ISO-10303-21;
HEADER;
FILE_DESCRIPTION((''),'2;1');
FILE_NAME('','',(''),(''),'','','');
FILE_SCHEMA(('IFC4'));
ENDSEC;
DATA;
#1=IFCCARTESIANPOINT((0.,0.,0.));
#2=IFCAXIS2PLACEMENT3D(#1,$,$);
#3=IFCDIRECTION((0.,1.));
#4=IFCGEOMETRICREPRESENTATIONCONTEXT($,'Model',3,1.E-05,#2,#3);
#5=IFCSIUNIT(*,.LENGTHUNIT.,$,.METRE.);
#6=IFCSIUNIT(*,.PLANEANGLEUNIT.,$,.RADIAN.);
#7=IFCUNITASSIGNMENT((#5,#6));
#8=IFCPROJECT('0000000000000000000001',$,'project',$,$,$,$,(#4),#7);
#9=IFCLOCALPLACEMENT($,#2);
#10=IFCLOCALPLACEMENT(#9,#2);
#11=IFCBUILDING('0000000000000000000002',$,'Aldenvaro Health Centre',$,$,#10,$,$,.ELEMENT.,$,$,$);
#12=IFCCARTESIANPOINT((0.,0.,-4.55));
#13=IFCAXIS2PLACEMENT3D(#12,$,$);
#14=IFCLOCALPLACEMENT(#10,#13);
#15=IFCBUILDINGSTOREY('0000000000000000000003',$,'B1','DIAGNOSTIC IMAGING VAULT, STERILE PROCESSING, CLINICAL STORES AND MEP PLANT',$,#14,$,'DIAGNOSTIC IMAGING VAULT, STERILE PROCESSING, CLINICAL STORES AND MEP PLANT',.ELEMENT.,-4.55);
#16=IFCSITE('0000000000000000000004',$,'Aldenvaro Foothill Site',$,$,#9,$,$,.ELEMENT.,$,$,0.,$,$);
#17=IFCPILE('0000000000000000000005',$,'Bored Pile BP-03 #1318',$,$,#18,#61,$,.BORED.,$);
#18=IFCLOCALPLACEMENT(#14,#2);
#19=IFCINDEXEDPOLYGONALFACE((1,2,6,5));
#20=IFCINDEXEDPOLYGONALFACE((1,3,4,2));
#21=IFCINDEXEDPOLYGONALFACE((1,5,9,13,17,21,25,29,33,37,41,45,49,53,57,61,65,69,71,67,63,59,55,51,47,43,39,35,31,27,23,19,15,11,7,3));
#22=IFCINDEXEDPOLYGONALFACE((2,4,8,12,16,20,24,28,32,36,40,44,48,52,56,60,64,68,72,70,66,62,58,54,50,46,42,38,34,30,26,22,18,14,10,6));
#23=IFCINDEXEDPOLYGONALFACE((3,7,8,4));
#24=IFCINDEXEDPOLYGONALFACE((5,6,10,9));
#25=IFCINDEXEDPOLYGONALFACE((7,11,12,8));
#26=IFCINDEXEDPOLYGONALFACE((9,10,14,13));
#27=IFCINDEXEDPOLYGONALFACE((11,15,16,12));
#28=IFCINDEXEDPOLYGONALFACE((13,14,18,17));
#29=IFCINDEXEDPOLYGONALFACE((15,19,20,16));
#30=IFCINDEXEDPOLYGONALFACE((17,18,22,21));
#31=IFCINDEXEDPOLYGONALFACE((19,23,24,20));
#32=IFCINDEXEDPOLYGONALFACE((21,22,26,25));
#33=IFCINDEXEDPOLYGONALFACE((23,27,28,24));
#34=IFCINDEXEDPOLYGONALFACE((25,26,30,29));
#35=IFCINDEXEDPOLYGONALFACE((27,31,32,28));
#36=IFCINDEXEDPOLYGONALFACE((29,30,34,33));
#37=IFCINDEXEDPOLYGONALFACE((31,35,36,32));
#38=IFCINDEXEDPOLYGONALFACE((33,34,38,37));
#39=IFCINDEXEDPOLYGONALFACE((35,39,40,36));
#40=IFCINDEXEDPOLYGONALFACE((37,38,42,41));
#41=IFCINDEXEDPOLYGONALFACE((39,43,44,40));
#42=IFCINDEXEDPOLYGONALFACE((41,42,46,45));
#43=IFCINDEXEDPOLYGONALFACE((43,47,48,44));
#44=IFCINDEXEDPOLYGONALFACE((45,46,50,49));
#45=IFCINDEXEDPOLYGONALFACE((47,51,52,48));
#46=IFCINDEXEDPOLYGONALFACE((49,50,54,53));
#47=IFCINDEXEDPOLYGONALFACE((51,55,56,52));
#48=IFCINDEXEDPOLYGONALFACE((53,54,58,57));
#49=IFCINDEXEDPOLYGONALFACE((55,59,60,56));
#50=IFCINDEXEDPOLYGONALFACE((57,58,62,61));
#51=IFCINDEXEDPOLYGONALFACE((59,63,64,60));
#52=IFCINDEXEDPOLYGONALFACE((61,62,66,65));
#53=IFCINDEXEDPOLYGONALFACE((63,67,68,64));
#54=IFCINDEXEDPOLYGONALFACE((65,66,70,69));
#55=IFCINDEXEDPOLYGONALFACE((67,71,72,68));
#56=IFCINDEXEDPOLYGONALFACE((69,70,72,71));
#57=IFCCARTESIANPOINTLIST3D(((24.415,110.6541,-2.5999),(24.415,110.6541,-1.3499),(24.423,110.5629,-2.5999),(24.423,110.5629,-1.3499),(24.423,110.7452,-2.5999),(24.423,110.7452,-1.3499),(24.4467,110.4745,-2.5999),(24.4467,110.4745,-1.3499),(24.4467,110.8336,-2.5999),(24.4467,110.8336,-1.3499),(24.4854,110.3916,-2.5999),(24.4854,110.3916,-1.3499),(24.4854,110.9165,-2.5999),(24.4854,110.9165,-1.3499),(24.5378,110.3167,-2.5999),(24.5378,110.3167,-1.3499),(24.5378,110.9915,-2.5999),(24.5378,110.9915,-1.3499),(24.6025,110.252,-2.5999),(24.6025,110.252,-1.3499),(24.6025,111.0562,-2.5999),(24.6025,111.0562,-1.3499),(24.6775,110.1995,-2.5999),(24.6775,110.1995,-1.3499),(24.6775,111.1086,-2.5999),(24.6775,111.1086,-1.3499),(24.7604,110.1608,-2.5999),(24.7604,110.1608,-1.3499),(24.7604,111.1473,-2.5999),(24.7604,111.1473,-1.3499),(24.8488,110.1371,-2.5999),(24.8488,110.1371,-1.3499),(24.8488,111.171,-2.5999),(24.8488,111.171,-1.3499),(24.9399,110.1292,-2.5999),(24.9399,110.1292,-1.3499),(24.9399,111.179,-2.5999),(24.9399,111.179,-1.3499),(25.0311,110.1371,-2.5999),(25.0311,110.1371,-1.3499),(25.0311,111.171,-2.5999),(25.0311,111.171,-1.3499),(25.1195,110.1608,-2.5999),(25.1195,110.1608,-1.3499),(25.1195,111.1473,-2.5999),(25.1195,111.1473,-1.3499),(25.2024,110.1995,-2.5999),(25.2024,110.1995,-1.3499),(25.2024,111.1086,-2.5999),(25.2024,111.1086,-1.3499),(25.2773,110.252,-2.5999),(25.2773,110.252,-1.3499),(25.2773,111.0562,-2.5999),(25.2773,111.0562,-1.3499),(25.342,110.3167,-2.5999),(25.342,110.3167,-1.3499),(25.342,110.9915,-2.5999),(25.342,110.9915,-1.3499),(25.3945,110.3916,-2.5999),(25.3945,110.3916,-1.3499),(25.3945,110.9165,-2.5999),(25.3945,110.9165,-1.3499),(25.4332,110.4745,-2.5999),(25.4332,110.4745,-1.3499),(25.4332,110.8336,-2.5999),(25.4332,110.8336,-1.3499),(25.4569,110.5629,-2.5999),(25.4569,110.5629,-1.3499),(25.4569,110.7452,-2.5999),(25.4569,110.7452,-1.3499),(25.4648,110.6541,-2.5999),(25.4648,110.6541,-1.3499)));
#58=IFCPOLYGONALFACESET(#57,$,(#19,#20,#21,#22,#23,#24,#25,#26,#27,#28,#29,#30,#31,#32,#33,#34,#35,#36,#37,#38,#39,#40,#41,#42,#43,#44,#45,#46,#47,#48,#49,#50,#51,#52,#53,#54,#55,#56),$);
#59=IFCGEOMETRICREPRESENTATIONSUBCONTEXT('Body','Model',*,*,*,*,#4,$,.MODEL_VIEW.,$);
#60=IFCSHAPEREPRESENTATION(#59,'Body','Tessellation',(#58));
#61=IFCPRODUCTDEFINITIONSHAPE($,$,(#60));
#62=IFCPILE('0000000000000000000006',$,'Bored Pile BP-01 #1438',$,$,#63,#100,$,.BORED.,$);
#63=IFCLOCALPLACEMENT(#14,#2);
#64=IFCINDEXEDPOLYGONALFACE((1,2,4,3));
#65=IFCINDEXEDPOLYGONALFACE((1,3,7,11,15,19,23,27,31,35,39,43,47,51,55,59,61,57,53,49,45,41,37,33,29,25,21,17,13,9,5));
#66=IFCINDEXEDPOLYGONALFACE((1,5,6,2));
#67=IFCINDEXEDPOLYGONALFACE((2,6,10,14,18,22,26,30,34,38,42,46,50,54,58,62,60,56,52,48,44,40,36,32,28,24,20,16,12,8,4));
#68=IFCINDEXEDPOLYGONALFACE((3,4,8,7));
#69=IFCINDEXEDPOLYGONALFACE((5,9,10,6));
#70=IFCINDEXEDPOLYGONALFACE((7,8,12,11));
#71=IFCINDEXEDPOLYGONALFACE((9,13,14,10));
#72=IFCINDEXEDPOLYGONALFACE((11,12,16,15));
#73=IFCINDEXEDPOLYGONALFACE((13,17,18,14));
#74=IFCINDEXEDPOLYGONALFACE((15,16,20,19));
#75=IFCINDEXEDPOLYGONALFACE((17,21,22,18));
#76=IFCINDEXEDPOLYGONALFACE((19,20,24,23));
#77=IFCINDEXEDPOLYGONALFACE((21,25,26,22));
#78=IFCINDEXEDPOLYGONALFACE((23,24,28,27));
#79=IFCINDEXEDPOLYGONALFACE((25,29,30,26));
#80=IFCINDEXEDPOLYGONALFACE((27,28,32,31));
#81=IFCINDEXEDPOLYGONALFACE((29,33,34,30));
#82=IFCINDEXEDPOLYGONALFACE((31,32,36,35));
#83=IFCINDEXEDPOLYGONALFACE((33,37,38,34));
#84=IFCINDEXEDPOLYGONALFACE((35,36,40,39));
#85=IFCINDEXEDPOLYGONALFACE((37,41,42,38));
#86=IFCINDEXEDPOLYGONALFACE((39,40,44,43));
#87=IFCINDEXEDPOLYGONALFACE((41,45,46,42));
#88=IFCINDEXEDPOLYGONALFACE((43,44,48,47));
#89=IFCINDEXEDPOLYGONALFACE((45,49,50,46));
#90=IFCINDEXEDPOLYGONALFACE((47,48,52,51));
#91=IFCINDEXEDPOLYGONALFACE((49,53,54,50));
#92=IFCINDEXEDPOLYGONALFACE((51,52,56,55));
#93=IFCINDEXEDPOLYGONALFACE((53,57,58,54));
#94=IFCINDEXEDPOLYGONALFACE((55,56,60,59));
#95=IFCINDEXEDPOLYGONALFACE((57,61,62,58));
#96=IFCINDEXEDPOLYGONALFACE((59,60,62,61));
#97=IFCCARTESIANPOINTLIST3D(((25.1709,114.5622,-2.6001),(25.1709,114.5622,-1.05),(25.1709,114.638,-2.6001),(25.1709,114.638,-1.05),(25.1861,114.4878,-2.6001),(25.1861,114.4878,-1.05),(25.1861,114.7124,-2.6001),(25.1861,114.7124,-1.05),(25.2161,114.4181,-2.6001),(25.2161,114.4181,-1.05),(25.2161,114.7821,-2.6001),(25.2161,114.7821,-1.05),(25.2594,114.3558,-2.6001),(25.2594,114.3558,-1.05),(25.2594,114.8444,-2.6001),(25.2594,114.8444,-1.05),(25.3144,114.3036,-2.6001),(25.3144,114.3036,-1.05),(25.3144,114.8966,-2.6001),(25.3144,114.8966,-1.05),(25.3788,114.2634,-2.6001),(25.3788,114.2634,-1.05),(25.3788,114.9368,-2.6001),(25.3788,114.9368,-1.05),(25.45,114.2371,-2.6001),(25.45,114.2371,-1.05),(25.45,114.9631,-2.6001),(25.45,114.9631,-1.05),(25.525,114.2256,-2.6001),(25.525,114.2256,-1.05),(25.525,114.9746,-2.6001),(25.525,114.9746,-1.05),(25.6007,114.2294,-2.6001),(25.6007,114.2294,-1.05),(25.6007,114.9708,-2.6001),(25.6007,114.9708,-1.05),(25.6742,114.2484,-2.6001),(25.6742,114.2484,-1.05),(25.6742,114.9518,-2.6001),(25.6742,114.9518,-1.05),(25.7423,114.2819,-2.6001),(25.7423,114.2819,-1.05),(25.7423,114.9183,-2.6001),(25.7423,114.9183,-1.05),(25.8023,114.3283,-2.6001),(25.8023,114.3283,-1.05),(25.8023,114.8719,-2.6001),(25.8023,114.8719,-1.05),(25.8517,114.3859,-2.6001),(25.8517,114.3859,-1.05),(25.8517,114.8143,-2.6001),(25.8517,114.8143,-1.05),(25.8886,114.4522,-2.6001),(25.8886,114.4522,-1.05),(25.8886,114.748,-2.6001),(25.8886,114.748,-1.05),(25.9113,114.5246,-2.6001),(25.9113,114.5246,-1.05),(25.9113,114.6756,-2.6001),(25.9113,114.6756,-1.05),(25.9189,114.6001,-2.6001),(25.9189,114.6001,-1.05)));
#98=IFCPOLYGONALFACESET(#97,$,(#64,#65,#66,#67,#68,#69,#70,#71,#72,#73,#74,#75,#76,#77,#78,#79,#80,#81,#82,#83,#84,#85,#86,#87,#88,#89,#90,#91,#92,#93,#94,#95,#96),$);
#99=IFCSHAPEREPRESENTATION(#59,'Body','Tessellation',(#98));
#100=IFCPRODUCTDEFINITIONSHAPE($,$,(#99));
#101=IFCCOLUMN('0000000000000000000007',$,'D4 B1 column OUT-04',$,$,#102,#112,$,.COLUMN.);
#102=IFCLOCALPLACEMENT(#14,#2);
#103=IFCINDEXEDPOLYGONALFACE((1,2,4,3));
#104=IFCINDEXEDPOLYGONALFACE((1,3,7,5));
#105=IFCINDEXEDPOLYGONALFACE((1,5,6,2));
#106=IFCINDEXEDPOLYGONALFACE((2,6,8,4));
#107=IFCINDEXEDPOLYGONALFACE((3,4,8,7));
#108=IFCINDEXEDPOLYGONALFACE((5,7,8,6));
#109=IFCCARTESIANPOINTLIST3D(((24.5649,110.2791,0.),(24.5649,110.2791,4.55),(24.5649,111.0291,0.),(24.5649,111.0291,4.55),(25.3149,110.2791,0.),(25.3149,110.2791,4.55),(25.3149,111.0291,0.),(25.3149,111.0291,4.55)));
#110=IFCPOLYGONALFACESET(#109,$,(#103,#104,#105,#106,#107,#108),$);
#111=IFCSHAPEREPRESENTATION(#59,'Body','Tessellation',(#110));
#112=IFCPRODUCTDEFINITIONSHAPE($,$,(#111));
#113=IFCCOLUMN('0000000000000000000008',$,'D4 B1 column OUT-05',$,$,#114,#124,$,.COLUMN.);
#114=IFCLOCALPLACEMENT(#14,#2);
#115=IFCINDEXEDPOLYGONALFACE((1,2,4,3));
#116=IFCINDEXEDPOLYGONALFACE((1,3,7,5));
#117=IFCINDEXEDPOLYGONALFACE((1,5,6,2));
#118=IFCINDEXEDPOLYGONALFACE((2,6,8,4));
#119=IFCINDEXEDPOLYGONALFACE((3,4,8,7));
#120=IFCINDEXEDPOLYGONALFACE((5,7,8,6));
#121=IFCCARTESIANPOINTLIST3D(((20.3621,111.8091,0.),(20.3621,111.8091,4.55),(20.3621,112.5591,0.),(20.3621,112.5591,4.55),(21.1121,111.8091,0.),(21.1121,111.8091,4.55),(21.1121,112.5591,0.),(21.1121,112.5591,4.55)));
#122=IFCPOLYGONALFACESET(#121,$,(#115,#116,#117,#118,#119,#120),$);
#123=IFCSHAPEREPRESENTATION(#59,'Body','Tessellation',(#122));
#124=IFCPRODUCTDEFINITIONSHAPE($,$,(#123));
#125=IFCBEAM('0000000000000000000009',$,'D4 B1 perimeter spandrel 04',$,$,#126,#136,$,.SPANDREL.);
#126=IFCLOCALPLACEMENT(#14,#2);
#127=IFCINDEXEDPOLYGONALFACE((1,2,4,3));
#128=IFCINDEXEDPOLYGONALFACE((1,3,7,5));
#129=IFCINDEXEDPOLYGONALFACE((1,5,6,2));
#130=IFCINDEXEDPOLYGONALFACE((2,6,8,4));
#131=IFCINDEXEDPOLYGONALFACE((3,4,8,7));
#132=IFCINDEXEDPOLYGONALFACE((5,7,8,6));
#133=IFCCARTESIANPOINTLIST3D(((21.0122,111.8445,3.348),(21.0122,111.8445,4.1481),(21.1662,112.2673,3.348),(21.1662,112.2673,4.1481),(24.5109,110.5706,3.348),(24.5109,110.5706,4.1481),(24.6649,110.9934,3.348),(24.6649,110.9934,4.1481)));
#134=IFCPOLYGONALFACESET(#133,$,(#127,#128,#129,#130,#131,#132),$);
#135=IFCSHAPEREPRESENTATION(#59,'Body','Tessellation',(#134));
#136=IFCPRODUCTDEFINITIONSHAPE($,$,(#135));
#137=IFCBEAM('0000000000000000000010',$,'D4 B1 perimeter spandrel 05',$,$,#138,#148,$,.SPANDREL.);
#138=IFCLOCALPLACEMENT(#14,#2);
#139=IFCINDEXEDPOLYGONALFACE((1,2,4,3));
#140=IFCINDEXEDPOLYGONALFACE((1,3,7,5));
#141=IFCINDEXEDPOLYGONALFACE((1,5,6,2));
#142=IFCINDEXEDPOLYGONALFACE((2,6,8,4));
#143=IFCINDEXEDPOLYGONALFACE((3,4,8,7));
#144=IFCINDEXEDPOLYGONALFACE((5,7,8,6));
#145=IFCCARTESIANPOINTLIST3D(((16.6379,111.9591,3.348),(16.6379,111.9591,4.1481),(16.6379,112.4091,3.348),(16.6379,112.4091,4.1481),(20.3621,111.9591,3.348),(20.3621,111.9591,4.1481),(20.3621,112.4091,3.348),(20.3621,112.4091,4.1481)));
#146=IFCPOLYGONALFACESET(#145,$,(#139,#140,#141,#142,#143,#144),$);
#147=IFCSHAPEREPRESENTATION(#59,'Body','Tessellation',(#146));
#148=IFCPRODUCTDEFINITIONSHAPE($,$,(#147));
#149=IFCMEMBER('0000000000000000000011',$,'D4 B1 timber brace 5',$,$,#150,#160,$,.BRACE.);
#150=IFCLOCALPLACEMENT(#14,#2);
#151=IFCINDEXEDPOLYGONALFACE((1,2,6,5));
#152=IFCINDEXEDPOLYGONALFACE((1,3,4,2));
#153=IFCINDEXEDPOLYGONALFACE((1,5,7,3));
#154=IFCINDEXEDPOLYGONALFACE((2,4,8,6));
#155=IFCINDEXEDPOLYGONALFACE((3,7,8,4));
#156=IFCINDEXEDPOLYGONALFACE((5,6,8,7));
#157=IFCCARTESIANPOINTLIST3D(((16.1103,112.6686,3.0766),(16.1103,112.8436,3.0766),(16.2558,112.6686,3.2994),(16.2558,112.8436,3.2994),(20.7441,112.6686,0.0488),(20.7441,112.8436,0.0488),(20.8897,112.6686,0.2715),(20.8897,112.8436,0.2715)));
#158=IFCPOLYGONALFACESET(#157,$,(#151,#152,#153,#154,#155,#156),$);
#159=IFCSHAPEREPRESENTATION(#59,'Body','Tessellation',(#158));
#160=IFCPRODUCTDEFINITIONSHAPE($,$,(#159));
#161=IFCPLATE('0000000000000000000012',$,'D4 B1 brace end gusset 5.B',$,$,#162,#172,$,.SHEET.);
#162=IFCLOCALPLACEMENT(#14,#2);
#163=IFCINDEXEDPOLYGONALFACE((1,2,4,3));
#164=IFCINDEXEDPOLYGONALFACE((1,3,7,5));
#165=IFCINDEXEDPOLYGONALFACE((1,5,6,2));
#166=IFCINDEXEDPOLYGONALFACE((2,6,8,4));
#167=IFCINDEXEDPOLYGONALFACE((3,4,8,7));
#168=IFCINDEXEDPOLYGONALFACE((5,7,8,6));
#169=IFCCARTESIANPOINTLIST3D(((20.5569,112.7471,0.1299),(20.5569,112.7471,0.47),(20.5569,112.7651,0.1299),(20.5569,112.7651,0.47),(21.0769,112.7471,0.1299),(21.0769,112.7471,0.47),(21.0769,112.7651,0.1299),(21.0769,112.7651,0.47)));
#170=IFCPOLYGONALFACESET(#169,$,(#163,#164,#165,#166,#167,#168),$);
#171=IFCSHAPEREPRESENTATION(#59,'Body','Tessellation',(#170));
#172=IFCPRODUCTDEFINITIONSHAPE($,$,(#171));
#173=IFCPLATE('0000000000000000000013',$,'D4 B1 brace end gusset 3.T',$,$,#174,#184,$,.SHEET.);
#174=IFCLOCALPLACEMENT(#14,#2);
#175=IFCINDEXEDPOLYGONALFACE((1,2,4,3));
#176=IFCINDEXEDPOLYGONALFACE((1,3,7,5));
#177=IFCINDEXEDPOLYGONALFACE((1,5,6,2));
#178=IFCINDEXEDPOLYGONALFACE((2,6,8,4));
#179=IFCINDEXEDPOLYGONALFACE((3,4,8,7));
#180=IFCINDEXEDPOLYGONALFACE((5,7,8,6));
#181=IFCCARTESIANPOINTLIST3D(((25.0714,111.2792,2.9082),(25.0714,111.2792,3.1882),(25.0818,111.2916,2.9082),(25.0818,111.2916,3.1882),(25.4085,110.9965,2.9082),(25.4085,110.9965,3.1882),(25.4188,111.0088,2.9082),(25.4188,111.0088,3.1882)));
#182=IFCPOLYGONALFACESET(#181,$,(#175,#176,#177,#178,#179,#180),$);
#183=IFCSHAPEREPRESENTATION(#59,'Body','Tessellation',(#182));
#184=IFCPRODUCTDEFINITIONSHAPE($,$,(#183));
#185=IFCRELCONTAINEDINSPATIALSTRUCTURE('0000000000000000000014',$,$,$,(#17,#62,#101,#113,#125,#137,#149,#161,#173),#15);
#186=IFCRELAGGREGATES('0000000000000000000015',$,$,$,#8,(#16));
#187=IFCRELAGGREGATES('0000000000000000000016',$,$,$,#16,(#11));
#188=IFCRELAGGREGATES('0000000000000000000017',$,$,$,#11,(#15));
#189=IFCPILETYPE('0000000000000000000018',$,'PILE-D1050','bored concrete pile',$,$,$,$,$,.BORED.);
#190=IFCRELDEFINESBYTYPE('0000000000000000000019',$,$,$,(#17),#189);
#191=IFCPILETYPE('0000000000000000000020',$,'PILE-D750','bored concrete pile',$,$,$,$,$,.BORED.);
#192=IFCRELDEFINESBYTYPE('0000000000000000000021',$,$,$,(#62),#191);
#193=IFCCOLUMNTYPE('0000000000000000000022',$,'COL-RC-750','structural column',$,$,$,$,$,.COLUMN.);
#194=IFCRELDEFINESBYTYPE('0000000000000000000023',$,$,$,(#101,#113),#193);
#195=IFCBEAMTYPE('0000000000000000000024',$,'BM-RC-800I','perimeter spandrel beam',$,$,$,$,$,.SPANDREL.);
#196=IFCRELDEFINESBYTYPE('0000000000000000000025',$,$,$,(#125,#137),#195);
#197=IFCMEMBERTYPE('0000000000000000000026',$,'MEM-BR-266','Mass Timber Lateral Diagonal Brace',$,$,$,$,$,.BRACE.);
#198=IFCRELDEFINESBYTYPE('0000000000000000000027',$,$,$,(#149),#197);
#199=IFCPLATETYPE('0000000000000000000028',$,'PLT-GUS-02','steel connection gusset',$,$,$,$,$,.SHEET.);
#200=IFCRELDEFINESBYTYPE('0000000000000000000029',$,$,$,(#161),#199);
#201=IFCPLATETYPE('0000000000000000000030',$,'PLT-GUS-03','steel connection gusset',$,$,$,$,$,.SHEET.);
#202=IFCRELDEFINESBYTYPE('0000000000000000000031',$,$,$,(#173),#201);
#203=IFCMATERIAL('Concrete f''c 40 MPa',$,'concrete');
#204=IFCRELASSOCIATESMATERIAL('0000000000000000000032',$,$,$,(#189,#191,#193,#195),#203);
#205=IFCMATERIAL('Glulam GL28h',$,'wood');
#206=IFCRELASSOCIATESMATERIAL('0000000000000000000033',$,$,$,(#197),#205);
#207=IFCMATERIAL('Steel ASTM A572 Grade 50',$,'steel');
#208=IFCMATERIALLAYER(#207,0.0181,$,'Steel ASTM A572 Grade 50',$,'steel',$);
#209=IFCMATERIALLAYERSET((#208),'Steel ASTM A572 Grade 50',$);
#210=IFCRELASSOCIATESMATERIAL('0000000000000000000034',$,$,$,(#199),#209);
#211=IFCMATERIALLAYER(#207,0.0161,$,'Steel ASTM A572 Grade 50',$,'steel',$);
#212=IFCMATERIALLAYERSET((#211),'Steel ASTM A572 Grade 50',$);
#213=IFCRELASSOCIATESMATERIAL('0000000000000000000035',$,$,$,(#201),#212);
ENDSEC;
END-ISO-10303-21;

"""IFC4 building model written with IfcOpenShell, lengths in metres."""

from ifc_helpers import new_model, si_unit, direction, frame, origin, origin_2d, place, context, subcontext, project, spatial, rectangle, circle, extrude, material, layer, layer_set, material_profile, profile_set, type_object, element, save


model = new_model("IFC4")

# Units and contexts
model_context = context("Model", 3, precision=1e-05, world=origin(), true_north=direction((0.0, 1.0)))
body_context = subcontext(model_context, "Body", "Model", "MODEL_VIEW")
ifc_project = project(units=[si_unit("LENGTHUNIT", "METRE"), si_unit("PLANEANGLEUNIT", "RADIAN")], contexts=[model_context])

# Site, building, storey
site_placement = place(None, origin())
site = spatial("IfcSite", under=ifc_project, at=site_placement, Name="Aldenvaro Foothill Site", CompositionType="ELEMENT", RefElevation=0.0)
building_placement = place(site_placement, origin())
building = spatial("IfcBuilding", under=site, at=building_placement, Name="Aldenvaro Health Centre", CompositionType="ELEMENT")
storey_placement = place(building_placement, frame((0.0, 0.0, -4.55)))
storey = spatial("IfcBuildingStorey", under=building, at=storey_placement, Name="B1", Description="DIAGNOSTIC IMAGING VAULT, STERILE PROCESSING, CLINICAL STORES AND MEP PLANT", LongName="DIAGNOSTIC IMAGING VAULT, STERILE PROCESSING, CLINICAL STORES AND MEP PLANT", CompositionType="ELEMENT", Elevation=-4.55)

# Shared definitions
ifc_material_1 = material(Name="Concrete f'c 40 MPa", Category="concrete")

# Piles
ifc_material_profile_1 = material_profile(ifc_material_1, circle(Radius=0.5249, at=origin_2d()), Name="PILE D1050", Category="concrete")
ifc_profile_set_1 = profile_set([ifc_material_profile_1], Name="Concrete f'c 40 MPa")
pile_type_1 = type_object("IfcPileType", Name="PILE-D1050", Description="bored concrete pile", PredefinedType="BORED", material=ifc_profile_set_1)
for number, where, z_axis, x_axis, name in (
    (1, (24.9399, 110.6541, -1.3499), (0.0, 0.0, -1.0), (1.0, 0.0, 0.0), "Bored Pile BP-03 #1318"),
):
    element("IfcPile", number, at=place(storey_placement, frame(where, z_axis=z_axis, x_axis=x_axis)), inside=storey, type_object=pile_type_1, Name=name, PredefinedType="BORED", context=body_context, shape_type="SweptSolid", body=[
        extrude(circle(Radius=0.5249, at=origin_2d()), origin(), (0.0, 0.0, 1.0), 1.25),
    ])
ifc_material_profile_2 = material_profile(ifc_material_1, circle(Radius=0.375, at=origin_2d()), Name="PILE D750", Category="concrete")
ifc_profile_set_2 = profile_set([ifc_material_profile_2], Name="Concrete f'c 40 MPa")
pile_type_2 = type_object("IfcPileType", Name="PILE-D750", Description="bored concrete pile", PredefinedType="BORED", material=ifc_profile_set_2)
pile_placement = place(storey_placement, frame((25.5439, 114.6001, -1.05), z_axis=(0.0, 0.0, -1.0), x_axis=(1.0, 0.0, 0.0)))
element("IfcPile", 2, at=pile_placement, inside=storey, type_object=pile_type_2, Name="Bored Pile BP-01 #1438", PredefinedType="BORED", context=body_context, shape_type="SweptSolid", body=[
    extrude(circle(Radius=0.375, at=origin_2d()), origin(), (0.0, 0.0, 1.0), 1.55),
])

# Columns
ifc_material_profile_3 = material_profile(ifc_material_1, rectangle(XDim=0.75, YDim=0.75, at=origin_2d()), Name="RC 750x750", Category="concrete")
ifc_profile_set_3 = profile_set([ifc_material_profile_3], Name="Concrete f'c 40 MPa")
column_type = type_object("IfcColumnType", Name="COL-RC-750", Description="structural column", PredefinedType="COLUMN", material=ifc_profile_set_3)
for number, where, z_axis, x_axis, name in (
    (3, (24.9399, 110.6541, 0.0), (0.0, 0.0, 1.0), (1.0, 0.0, 0.0), "D4 B1 column OUT-04"),
    (4, (20.7371, 112.1841, 0.0), (0.0, 0.0, 1.0), (1.0, 0.0, 0.0), "D4 B1 column OUT-05"),
):
    element("IfcColumn", number, at=place(storey_placement, frame(where, z_axis=z_axis, x_axis=x_axis)), inside=storey, type_object=column_type, Name=name, PredefinedType="COLUMN", context=body_context, shape_type="SweptSolid", body=[
        extrude(rectangle(XDim=0.75, YDim=0.75, at=origin_2d()), origin(), (0.0, 0.0, 1.0), 4.55),
    ])

# Beams
ifc_material_profile_4 = material_profile(ifc_material_1, rectangle(XDim=0.45, YDim=0.8, at=origin_2d()), Name="RC 450x800", Category="concrete")
ifc_profile_set_4 = profile_set([ifc_material_profile_4], Name="Concrete f'c 40 MPa")
beam_type = type_object("IfcBeamType", Name="BM-RC-800I", Description="perimeter spandrel beam", PredefinedType="SPANDREL", material=ifc_profile_set_4)
beam_1_placement = place(storey_placement, frame((24.5879, 110.782, 3.748), z_axis=(-0.939652, 0.342133, 0.0), x_axis=(-0.342133, -0.939652, 0.0)))
element("IfcBeam", 5, at=beam_1_placement, inside=storey, type_object=beam_type, Name="D4 B1 perimeter spandrel 04", PredefinedType="SPANDREL", context=body_context, shape_type="SweptSolid", body=[
    extrude(rectangle(XDim=0.45, YDim=0.8, at=origin_2d()), origin(), (0.0, 0.0, 1.0), 3.7234),
])
beam_2_placement = place(storey_placement, frame((20.3621, 112.1841, 3.748), z_axis=(-1.0, 0.0, 0.0), x_axis=(0.0, -1.0, 0.0)))
element("IfcBeam", 6, at=beam_2_placement, inside=storey, type_object=beam_type, Name="D4 B1 perimeter spandrel 05", PredefinedType="SPANDREL", context=body_context, shape_type="SweptSolid", body=[
    extrude(rectangle(XDim=0.45, YDim=0.8, at=origin_2d()), origin(), (0.0, 0.0, 1.0), 3.7241),
])

# Member
ifc_material_2 = material(Name="Glulam GL28h", Category="wood")
ifc_material_profile_5 = material_profile(ifc_material_2, rectangle(XDim=0.175, YDim=0.2661, at=origin_2d()), Name="GL 175x266", Category="wood")
ifc_profile_set_5 = profile_set([ifc_material_profile_5], Name="Glulam GL28h")
member_type = type_object("IfcMemberType", Name="MEM-BR-266", Description="Mass Timber Lateral Diagonal Brace", PredefinedType="BRACE", material=ifc_profile_set_5)
member_placement = place(storey_placement, frame((20.8169, 112.7561, 0.1602), z_axis=(-0.837131, 0.0, 0.547002), x_axis=(0.0, -1.0, 0.0)))
element("IfcMember", 7, at=member_placement, inside=storey, type_object=member_type, Name="D4 B1 timber brace 5", PredefinedType="BRACE", context=body_context, shape_type="SweptSolid", body=[
    extrude(rectangle(XDim=0.175, YDim=0.2661, at=origin_2d()), origin(), (0.0, 0.0, 1.0), 5.5354),
])

# Plates
ifc_material_3 = material(Name="Steel ASTM A572 Grade 50", Category="steel")
ifc_layer_1 = layer(ifc_material_3, 0.0181, Name="Steel ASTM A572 Grade 50", Category="steel")
ifc_layer_set_1 = layer_set([ifc_layer_1], Name="Steel ASTM A572 Grade 50")
plate_type_1 = type_object("IfcPlateType", Name="PLT-GUS-02", Description="steel connection gusset", PredefinedType="SHEET", material=ifc_layer_set_1)
plate_1_placement = place(storey_placement, frame((20.8169, 112.7561, 0.1299), z_axis=(0.0, 0.0, 1.0), x_axis=(-1.0, 0.0, 0.0)))
element("IfcPlate", 8, at=plate_1_placement, inside=storey, type_object=plate_type_1, Name="D4 B1 brace end gusset 5.B", PredefinedType="SHEET", context=body_context, shape_type="SweptSolid", body=[
    extrude(rectangle(XDim=0.52, YDim=0.0181, at=origin_2d()), origin(), (0.0, 0.0, 1.0), 0.3401),
])
ifc_layer_2 = layer(ifc_material_3, 0.0161, Name="Steel ASTM A572 Grade 50", Category="steel")
ifc_layer_set_2 = layer_set([ifc_layer_2], Name="Steel ASTM A572 Grade 50")
plate_type_2 = type_object("IfcPlateType", Name="PLT-GUS-03", Description="steel connection gusset", PredefinedType="SHEET", material=ifc_layer_set_2)
plate_2_placement = place(storey_placement, frame((25.2451, 111.144, 2.9082), z_axis=(0.0, 0.0, 1.0), x_axis=(-0.766112, 0.642707, 0.0)))
element("IfcPlate", 9, at=plate_2_placement, inside=storey, type_object=plate_type_2, Name="D4 B1 brace end gusset 3.T", PredefinedType="SHEET", context=body_context, shape_type="SweptSolid", body=[
    extrude(rectangle(XDim=0.4399, YDim=0.0161, at=origin_2d()), origin(), (0.0, 0.0, 1.0), 0.28),
])

save(model, "model.ifc")
